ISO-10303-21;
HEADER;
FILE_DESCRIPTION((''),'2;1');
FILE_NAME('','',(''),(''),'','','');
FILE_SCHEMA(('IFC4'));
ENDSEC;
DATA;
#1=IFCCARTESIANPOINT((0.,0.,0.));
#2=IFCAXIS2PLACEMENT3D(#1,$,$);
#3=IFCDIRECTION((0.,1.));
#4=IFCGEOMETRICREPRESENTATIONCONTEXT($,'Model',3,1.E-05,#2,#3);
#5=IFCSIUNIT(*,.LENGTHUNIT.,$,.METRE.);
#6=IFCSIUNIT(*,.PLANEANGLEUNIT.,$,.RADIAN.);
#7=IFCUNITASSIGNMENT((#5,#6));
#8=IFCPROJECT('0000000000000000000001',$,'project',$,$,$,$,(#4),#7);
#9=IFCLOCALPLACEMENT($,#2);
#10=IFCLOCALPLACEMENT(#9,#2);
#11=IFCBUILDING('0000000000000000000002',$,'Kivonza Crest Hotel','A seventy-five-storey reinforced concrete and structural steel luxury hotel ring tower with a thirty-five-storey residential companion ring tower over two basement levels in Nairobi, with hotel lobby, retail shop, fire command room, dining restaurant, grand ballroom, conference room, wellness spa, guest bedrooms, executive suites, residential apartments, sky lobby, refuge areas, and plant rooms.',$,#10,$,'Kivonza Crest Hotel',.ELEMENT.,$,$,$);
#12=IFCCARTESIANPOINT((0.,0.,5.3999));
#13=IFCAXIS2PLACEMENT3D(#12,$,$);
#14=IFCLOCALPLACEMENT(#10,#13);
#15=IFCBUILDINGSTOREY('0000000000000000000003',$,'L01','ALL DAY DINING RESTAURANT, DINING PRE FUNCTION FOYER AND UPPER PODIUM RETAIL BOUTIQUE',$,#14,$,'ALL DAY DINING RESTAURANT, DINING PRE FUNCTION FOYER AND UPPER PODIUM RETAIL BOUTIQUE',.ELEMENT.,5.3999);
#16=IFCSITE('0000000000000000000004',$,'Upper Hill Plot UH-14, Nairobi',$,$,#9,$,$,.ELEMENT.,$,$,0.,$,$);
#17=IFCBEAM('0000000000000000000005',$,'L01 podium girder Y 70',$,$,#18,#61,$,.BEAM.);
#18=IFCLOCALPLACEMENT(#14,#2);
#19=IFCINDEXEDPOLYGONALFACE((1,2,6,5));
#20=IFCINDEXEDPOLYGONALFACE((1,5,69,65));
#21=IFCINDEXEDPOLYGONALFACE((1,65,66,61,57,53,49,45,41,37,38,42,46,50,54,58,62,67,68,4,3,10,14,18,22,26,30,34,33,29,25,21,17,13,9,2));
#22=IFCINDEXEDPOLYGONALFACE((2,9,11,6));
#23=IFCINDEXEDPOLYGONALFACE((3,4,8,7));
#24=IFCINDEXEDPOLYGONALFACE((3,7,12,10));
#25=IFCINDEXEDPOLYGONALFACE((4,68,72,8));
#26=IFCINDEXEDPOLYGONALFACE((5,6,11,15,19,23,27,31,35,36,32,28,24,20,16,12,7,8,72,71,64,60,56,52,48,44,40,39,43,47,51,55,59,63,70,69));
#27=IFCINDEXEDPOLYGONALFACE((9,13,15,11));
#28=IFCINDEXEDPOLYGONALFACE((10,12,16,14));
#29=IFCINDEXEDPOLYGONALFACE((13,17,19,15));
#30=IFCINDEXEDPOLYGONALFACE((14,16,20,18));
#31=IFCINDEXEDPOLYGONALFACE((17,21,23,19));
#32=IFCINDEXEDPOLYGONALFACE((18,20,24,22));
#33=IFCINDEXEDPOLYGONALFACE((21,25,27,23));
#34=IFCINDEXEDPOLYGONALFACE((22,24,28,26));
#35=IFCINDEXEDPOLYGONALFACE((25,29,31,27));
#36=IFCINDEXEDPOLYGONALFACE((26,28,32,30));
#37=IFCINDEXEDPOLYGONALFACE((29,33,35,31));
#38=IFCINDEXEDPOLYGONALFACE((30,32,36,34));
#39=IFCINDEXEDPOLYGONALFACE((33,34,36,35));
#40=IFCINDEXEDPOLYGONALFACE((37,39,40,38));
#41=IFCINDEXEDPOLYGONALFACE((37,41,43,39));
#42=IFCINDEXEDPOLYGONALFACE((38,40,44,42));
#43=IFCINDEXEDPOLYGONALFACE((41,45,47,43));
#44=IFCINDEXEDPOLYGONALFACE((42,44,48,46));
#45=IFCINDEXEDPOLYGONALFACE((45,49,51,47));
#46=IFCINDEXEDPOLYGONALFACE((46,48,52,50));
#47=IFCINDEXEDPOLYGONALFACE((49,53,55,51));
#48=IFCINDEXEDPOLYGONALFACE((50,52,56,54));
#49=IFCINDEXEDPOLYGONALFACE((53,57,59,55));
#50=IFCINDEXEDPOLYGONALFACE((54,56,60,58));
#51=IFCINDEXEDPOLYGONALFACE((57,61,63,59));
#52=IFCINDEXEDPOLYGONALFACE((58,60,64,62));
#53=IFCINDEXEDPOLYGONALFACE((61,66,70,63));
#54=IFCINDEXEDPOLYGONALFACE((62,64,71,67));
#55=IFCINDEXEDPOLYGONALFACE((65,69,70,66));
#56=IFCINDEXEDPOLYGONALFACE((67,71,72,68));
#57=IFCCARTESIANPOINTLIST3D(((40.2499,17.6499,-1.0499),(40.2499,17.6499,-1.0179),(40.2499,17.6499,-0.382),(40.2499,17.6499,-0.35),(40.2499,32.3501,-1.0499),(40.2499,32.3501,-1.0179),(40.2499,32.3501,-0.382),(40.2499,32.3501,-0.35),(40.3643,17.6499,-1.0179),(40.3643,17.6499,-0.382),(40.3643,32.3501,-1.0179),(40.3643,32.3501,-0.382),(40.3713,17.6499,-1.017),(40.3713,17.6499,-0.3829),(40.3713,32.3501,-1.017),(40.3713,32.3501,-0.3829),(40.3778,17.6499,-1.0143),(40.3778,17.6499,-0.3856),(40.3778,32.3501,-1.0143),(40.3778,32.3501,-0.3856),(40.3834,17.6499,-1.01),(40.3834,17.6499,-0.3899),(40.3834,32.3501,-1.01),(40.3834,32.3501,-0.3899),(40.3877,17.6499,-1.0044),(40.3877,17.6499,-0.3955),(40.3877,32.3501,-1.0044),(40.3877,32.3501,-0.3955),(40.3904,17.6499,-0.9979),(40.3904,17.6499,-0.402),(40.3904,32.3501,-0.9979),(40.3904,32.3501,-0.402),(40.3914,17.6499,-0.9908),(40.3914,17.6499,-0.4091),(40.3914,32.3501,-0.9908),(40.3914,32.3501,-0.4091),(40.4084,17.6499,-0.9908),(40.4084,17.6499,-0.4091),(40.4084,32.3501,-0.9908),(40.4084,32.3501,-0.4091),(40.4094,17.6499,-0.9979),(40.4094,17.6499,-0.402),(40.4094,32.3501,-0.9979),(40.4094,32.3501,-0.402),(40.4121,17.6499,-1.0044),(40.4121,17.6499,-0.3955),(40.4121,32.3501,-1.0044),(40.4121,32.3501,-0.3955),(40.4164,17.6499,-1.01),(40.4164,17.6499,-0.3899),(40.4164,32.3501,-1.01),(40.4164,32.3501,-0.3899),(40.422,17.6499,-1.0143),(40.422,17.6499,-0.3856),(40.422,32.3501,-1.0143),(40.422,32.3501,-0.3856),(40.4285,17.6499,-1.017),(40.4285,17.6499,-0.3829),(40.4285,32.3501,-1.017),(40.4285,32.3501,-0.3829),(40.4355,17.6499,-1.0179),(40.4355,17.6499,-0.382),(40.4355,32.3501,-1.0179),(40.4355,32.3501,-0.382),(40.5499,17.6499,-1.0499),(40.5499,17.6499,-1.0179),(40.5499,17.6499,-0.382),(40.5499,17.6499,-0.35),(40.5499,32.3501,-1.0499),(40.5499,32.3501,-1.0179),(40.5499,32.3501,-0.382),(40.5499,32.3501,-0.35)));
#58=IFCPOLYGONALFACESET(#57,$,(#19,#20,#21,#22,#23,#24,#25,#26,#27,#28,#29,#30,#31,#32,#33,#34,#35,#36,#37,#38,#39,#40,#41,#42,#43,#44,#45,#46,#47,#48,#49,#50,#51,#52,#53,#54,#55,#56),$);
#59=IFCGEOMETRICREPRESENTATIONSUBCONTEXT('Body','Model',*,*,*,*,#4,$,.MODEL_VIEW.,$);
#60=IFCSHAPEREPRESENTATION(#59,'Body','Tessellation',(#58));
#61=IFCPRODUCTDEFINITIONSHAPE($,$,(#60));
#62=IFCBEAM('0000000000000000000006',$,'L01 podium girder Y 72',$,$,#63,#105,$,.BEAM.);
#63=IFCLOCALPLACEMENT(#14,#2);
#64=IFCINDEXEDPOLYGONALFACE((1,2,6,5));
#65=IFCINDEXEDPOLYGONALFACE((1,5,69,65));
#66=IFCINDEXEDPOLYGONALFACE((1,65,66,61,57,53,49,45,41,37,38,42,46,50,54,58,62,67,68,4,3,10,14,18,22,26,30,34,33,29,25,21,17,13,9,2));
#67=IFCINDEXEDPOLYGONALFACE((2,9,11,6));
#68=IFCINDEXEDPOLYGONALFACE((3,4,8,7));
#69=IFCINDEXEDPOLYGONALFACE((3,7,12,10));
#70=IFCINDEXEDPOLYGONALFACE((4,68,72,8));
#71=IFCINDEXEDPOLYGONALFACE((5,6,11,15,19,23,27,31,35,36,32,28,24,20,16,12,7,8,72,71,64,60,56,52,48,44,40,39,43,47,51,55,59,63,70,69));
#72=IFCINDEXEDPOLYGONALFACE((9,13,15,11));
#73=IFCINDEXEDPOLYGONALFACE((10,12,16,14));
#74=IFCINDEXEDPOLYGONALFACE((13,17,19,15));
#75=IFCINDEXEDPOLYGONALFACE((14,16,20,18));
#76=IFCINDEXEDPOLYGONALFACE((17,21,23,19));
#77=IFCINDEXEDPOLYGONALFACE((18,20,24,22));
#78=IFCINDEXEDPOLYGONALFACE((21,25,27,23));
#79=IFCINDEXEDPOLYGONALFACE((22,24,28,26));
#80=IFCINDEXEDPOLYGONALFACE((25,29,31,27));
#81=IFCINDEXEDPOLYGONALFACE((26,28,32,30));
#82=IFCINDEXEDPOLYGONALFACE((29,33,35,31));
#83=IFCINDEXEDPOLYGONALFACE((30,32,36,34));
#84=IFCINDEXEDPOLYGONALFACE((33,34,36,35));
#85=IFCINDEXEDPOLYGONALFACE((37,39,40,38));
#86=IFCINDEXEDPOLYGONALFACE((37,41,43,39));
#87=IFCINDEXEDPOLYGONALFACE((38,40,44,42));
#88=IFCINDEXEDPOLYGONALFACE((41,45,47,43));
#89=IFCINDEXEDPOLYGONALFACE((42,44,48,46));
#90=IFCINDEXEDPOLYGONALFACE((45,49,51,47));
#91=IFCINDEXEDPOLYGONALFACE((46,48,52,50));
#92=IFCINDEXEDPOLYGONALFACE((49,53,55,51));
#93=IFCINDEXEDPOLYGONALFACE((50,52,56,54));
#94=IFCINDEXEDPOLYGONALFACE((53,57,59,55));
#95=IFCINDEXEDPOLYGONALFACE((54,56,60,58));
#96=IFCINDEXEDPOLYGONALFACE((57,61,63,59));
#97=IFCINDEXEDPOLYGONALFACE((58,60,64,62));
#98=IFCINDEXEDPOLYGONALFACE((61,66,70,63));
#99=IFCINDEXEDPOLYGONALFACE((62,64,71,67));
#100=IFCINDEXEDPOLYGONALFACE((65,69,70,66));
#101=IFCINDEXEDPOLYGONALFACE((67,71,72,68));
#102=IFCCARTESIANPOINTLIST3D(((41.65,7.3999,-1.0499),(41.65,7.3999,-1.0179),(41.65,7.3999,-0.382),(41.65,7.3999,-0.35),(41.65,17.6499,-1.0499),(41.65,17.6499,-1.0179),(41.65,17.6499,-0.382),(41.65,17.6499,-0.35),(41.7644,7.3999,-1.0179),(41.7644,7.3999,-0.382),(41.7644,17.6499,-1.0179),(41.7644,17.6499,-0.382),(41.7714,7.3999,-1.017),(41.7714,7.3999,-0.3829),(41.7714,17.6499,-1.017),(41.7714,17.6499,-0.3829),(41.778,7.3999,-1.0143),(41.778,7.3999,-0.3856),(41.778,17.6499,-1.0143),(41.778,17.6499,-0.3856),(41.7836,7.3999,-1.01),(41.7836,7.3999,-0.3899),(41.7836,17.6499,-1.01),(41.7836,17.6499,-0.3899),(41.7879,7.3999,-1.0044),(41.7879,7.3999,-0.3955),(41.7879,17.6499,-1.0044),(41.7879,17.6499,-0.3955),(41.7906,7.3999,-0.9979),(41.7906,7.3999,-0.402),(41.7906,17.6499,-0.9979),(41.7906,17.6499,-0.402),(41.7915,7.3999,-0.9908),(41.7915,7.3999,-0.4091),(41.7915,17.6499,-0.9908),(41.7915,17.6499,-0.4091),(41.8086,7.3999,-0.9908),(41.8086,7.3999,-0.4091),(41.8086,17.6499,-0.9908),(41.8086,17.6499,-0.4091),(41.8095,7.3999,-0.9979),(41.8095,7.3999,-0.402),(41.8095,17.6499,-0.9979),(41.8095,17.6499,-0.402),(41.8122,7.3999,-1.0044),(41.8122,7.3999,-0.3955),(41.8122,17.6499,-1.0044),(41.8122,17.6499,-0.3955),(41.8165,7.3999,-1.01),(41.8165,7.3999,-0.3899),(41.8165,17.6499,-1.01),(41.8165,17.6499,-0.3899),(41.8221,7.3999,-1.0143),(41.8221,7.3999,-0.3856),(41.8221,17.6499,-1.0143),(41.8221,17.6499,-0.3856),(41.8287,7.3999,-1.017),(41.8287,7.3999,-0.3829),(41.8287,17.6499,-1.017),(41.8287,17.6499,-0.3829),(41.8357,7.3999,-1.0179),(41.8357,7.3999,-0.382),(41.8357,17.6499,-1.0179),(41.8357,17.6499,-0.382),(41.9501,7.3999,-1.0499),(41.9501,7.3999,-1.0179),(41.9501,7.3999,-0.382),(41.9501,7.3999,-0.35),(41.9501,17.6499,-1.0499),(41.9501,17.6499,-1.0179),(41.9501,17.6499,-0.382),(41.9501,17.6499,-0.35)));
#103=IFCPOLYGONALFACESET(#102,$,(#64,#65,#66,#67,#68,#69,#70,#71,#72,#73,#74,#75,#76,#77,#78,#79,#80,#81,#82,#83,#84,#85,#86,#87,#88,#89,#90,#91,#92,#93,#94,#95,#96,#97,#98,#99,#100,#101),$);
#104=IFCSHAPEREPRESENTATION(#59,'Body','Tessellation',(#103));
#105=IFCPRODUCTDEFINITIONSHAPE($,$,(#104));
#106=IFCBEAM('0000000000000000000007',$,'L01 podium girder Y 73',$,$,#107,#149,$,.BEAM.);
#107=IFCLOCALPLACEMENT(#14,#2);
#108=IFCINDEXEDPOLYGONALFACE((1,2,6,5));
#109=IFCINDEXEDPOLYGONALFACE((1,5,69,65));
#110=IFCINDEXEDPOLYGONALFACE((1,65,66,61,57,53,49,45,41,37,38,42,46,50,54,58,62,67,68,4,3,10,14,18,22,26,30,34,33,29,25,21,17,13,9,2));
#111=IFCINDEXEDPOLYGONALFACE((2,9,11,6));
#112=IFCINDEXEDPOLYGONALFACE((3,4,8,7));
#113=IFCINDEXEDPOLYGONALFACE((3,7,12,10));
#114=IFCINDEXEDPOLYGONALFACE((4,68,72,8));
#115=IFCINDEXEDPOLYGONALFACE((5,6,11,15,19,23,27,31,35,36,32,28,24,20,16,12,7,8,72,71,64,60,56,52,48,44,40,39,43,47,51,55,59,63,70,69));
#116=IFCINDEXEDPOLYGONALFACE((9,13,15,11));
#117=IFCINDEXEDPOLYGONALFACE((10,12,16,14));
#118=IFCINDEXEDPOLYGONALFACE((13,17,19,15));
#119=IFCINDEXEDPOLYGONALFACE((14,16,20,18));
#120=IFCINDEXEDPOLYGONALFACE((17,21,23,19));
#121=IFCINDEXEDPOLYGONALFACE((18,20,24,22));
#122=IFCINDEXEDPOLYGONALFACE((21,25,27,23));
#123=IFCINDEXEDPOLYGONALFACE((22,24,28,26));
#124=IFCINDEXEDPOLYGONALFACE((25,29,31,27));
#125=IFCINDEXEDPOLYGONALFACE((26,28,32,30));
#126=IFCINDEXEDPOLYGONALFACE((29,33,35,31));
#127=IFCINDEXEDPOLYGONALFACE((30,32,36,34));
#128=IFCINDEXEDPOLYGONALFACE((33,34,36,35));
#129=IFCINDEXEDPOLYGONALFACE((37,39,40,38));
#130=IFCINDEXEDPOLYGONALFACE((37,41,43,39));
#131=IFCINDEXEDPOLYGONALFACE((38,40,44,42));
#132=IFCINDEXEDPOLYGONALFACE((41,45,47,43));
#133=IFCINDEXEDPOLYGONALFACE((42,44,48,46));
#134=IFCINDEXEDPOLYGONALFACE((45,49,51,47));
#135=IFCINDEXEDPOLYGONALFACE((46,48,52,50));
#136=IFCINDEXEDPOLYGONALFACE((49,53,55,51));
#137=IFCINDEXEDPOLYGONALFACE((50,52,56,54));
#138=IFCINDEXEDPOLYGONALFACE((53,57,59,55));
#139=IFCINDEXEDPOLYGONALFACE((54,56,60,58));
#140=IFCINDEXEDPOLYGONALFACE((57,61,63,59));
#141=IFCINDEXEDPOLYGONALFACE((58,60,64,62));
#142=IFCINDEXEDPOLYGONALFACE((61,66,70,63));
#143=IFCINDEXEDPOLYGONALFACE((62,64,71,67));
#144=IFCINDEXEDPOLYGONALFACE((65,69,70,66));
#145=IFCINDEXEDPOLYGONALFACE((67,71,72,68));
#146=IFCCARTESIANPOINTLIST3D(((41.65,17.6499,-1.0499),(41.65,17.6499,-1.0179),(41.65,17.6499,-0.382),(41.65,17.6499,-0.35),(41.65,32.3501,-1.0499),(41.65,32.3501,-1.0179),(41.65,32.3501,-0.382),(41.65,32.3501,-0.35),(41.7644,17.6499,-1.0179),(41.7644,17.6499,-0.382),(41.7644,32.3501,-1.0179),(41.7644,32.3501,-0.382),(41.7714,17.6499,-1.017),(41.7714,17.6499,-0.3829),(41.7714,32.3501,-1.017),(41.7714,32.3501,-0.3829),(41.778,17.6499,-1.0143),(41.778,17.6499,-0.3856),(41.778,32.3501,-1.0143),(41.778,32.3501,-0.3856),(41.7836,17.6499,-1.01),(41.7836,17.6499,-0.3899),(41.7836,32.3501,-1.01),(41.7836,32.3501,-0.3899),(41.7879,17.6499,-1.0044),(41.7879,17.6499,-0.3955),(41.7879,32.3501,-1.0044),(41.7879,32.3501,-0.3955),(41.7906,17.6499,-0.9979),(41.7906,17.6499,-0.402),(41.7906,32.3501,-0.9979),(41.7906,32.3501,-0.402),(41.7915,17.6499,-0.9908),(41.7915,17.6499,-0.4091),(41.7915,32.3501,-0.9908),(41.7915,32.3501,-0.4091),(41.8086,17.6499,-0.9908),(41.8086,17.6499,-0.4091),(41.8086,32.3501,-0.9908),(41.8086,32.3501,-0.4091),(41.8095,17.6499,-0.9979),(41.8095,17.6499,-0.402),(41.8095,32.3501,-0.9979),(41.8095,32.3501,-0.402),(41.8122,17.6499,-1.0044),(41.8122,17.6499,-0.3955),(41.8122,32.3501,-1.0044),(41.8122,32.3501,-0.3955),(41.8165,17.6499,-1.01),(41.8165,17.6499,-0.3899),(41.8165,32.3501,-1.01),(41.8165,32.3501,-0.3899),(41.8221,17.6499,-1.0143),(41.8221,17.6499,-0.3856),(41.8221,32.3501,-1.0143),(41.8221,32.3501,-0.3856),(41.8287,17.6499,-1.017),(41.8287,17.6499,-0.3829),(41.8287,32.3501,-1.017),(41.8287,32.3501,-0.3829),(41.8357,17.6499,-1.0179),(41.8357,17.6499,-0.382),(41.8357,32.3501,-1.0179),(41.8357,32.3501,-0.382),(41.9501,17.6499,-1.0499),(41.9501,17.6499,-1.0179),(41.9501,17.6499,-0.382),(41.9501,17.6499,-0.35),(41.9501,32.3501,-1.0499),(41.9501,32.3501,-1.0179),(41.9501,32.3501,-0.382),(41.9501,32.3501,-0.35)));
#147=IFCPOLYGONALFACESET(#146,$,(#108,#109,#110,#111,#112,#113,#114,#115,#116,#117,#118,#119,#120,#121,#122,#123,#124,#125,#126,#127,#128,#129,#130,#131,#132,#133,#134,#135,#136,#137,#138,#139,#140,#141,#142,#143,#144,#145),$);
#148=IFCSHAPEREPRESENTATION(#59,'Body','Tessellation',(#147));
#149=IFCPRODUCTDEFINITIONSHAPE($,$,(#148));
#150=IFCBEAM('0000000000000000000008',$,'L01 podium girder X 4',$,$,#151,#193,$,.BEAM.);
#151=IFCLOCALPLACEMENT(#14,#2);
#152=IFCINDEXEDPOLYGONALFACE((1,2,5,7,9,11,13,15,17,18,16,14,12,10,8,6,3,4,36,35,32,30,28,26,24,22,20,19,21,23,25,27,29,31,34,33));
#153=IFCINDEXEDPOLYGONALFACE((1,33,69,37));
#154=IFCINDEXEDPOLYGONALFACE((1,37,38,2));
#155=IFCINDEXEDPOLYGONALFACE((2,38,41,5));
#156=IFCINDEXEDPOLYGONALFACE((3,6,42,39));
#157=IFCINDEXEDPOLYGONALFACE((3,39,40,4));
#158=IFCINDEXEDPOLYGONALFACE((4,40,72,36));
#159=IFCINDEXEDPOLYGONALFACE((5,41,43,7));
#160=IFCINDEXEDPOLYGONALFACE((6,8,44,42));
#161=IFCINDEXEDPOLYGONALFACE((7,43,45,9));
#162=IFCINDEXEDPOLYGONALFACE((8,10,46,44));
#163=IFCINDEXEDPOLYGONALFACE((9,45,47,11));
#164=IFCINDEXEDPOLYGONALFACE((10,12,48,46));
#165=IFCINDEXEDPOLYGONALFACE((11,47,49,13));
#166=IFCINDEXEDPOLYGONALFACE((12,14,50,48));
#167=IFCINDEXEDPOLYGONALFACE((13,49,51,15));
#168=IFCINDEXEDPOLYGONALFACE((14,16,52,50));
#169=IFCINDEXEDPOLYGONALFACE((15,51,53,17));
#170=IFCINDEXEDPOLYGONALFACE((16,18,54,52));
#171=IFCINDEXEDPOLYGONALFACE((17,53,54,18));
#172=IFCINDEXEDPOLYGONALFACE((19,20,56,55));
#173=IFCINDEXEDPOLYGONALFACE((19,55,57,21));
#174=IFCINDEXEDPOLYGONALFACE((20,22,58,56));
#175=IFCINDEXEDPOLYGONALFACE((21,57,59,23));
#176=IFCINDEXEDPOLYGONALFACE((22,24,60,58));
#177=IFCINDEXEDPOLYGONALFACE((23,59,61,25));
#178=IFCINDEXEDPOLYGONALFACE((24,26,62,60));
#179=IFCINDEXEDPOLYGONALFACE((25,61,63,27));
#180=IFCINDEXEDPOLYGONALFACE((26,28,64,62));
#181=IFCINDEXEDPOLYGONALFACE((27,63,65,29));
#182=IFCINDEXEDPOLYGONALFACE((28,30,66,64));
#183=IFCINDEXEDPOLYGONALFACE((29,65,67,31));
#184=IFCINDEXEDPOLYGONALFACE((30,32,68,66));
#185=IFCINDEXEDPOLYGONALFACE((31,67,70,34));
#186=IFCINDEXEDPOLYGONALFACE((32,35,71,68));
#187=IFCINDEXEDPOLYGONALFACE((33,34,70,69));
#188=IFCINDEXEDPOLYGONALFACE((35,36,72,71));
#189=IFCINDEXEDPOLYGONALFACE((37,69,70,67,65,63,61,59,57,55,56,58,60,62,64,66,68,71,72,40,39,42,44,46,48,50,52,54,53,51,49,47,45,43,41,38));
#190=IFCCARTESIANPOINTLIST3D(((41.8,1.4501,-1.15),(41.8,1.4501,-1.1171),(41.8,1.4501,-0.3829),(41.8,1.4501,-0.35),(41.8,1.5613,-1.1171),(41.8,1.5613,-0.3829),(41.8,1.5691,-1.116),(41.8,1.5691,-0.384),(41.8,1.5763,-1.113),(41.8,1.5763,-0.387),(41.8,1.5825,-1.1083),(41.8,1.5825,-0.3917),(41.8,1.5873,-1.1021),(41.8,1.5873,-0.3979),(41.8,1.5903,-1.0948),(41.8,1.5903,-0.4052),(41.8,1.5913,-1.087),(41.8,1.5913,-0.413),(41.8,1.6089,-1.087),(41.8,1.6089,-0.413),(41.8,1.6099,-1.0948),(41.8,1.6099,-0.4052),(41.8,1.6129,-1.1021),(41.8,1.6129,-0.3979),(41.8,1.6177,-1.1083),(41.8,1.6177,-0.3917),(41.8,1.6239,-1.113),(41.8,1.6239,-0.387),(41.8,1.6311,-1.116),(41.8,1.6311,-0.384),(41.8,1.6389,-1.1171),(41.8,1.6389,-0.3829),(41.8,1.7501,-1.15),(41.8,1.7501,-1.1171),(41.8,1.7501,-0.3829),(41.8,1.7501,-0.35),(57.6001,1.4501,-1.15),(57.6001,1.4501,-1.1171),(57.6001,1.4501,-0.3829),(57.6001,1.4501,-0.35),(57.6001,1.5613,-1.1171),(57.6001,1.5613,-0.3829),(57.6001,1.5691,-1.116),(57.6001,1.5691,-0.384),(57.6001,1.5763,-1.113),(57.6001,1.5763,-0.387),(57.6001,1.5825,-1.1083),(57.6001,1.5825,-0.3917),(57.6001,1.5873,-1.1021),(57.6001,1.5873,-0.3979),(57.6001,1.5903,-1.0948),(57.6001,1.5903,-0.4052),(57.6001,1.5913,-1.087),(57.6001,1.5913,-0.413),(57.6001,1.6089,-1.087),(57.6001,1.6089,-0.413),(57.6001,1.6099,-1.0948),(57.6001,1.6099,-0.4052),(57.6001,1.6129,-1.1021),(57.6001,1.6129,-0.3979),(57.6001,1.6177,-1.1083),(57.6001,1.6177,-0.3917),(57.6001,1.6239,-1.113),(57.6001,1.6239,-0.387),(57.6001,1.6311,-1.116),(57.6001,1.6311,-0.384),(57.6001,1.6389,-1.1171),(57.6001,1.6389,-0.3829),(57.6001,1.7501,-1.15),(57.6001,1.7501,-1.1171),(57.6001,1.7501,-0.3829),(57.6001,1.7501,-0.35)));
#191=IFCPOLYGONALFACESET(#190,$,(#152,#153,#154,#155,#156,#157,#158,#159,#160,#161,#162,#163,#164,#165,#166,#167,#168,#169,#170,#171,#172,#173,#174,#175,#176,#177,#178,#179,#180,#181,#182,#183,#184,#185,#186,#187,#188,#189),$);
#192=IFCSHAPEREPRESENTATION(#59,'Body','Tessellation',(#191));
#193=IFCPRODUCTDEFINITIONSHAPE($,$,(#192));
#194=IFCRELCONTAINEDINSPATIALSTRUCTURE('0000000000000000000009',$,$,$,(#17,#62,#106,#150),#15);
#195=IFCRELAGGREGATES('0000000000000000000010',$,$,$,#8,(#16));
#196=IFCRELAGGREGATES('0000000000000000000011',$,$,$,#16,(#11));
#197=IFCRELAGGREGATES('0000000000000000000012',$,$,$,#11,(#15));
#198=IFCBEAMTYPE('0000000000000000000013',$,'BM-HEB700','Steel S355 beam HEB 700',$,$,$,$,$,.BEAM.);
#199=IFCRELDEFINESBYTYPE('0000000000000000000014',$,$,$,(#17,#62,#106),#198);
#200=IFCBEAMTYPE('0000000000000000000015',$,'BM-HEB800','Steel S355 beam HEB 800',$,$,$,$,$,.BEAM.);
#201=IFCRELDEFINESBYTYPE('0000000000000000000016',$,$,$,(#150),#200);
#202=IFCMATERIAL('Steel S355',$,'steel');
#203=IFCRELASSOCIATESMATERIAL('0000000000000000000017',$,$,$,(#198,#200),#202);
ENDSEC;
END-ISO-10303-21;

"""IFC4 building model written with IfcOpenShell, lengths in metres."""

from ifc_helpers import new_model, si_unit, direction, frame, origin, origin_2d, place, context, subcontext, project, spatial, i_section, extrude, material, material_profile, profile_set, type_object, element, save


model = new_model("IFC4")

# Units and contexts
model_context = context("Model", 3, precision=1e-05, world=origin(), true_north=direction((0.0, 1.0)))
body_context = subcontext(model_context, "Body", "Model", "MODEL_VIEW")
ifc_project = project(units=[si_unit("LENGTHUNIT", "METRE"), si_unit("PLANEANGLEUNIT", "RADIAN")], contexts=[model_context])

# Site, building, storey
site_placement = place(None, origin())
site = spatial("IfcSite", under=ifc_project, at=site_placement, Name="Upper Hill Plot UH-14, Nairobi", CompositionType="ELEMENT", RefElevation=0.0)
building_placement = place(site_placement, origin())
building = spatial("IfcBuilding", under=site, at=building_placement, Name="Kivonza Crest Hotel", Description="A seventy-five-storey reinforced concrete and structural steel luxury hotel ring tower with a thirty-five-storey residential companion ring tower over two basement levels in Nairobi, with hotel lobby, retail shop, fire command room, dining restaurant, grand ballroom, conference room, wellness spa, guest bedrooms, executive suites, residential apartments, sky lobby, refuge areas, and plant rooms.", LongName="Kivonza Crest Hotel", CompositionType="ELEMENT")
storey_placement = place(building_placement, frame((0.0, 0.0, 5.3999)))
storey = spatial("IfcBuildingStorey", under=building, at=storey_placement, Name="L01", Description="ALL DAY DINING RESTAURANT, DINING PRE FUNCTION FOYER AND UPPER PODIUM RETAIL BOUTIQUE", LongName="ALL DAY DINING RESTAURANT, DINING PRE FUNCTION FOYER AND UPPER PODIUM RETAIL BOUTIQUE", CompositionType="ELEMENT", Elevation=5.3999)

# Beams
ifc_material_1 = material(Name="Steel S355", Category="steel")
ifc_material_profile_1 = material_profile(ifc_material_1, i_section(OverallWidth=0.3, OverallDepth=0.7, WebThickness=0.0171, FlangeThickness=0.032, FilletRadius=0.0271, at=origin_2d()), Name="HEB 700")
ifc_profile_set_1 = profile_set([ifc_material_profile_1], Name="Steel S355")
beam_type_1 = type_object("IfcBeamType", Name="BM-HEB700", Description="Steel S355 beam HEB 700", PredefinedType="BEAM", material=ifc_profile_set_1)
beam_1_placement = place(storey_placement, frame((40.3999, 17.6499, -0.7), z_axis=(0.0, 1.0, 0.0), x_axis=(-1.0, 0.0, 0.0)))
element("IfcBeam", 1, at=beam_1_placement, inside=storey, type_object=beam_type_1, Name="L01 podium girder Y 70", PredefinedType="BEAM", context=body_context, shape_type="SweptSolid", body=[
    extrude(i_section(OverallWidth=0.3, OverallDepth=0.7, WebThickness=0.0171, FlangeThickness=0.032, FilletRadius=0.0271, at=origin_2d()), origin(), (0.0, 0.0, 1.0), 14.7002),
])
beam_2_placement = place(storey_placement, frame((41.8, 7.3999, -0.7), z_axis=(0.0, 1.0, 0.0), x_axis=(-1.0, 0.0, 0.0)))
element("IfcBeam", 2, at=beam_2_placement, inside=storey, type_object=beam_type_1, Name="L01 podium girder Y 72", PredefinedType="BEAM", context=body_context, shape_type="SweptSolid", body=[
    extrude(i_section(OverallWidth=0.3, OverallDepth=0.7, WebThickness=0.0171, FlangeThickness=0.032, FilletRadius=0.0271, at=origin_2d()), origin(), (0.0, 0.0, 1.0), 10.25),
])
beam_3_placement = place(storey_placement, frame((41.8, 17.6499, -0.7), z_axis=(0.0, 1.0, 0.0), x_axis=(-1.0, 0.0, 0.0)))
element("IfcBeam", 3, at=beam_3_placement, inside=storey, type_object=beam_type_1, Name="L01 podium girder Y 73", PredefinedType="BEAM", context=body_context, shape_type="SweptSolid", body=[
    extrude(i_section(OverallWidth=0.3, OverallDepth=0.7, WebThickness=0.0171, FlangeThickness=0.032, FilletRadius=0.0271, at=origin_2d()), origin(), (0.0, 0.0, 1.0), 14.7002),
])
ifc_material_profile_2 = material_profile(ifc_material_1, i_section(OverallWidth=0.3, OverallDepth=0.8, WebThickness=0.0176, FlangeThickness=0.033, FilletRadius=0.03, at=origin_2d()), Name="HEB 800")
ifc_profile_set_2 = profile_set([ifc_material_profile_2], Name="Steel S355")
beam_type_2 = type_object("IfcBeamType", Name="BM-HEB800", Description="Steel S355 beam HEB 800", PredefinedType="BEAM", material=ifc_profile_set_2)
for number, where, z_axis, x_axis, name in (
    (4, (41.8, 1.6001, -0.75), (1.0, 0.0, 0.0), (0.0, 1.0, 0.0), "L01 podium girder X 4"),
):
    element("IfcBeam", number, at=place(storey_placement, frame(where, z_axis=z_axis, x_axis=x_axis)), inside=storey, type_object=beam_type_2, Name=name, PredefinedType="BEAM", context=body_context, shape_type="SweptSolid", body=[
        extrude(i_section(OverallWidth=0.3, OverallDepth=0.8, WebThickness=0.0176, FlangeThickness=0.033, FilletRadius=0.03, at=origin_2d()), origin(), (0.0, 0.0, 1.0), 15.8),
    ])

save(model, "model.ifc")
